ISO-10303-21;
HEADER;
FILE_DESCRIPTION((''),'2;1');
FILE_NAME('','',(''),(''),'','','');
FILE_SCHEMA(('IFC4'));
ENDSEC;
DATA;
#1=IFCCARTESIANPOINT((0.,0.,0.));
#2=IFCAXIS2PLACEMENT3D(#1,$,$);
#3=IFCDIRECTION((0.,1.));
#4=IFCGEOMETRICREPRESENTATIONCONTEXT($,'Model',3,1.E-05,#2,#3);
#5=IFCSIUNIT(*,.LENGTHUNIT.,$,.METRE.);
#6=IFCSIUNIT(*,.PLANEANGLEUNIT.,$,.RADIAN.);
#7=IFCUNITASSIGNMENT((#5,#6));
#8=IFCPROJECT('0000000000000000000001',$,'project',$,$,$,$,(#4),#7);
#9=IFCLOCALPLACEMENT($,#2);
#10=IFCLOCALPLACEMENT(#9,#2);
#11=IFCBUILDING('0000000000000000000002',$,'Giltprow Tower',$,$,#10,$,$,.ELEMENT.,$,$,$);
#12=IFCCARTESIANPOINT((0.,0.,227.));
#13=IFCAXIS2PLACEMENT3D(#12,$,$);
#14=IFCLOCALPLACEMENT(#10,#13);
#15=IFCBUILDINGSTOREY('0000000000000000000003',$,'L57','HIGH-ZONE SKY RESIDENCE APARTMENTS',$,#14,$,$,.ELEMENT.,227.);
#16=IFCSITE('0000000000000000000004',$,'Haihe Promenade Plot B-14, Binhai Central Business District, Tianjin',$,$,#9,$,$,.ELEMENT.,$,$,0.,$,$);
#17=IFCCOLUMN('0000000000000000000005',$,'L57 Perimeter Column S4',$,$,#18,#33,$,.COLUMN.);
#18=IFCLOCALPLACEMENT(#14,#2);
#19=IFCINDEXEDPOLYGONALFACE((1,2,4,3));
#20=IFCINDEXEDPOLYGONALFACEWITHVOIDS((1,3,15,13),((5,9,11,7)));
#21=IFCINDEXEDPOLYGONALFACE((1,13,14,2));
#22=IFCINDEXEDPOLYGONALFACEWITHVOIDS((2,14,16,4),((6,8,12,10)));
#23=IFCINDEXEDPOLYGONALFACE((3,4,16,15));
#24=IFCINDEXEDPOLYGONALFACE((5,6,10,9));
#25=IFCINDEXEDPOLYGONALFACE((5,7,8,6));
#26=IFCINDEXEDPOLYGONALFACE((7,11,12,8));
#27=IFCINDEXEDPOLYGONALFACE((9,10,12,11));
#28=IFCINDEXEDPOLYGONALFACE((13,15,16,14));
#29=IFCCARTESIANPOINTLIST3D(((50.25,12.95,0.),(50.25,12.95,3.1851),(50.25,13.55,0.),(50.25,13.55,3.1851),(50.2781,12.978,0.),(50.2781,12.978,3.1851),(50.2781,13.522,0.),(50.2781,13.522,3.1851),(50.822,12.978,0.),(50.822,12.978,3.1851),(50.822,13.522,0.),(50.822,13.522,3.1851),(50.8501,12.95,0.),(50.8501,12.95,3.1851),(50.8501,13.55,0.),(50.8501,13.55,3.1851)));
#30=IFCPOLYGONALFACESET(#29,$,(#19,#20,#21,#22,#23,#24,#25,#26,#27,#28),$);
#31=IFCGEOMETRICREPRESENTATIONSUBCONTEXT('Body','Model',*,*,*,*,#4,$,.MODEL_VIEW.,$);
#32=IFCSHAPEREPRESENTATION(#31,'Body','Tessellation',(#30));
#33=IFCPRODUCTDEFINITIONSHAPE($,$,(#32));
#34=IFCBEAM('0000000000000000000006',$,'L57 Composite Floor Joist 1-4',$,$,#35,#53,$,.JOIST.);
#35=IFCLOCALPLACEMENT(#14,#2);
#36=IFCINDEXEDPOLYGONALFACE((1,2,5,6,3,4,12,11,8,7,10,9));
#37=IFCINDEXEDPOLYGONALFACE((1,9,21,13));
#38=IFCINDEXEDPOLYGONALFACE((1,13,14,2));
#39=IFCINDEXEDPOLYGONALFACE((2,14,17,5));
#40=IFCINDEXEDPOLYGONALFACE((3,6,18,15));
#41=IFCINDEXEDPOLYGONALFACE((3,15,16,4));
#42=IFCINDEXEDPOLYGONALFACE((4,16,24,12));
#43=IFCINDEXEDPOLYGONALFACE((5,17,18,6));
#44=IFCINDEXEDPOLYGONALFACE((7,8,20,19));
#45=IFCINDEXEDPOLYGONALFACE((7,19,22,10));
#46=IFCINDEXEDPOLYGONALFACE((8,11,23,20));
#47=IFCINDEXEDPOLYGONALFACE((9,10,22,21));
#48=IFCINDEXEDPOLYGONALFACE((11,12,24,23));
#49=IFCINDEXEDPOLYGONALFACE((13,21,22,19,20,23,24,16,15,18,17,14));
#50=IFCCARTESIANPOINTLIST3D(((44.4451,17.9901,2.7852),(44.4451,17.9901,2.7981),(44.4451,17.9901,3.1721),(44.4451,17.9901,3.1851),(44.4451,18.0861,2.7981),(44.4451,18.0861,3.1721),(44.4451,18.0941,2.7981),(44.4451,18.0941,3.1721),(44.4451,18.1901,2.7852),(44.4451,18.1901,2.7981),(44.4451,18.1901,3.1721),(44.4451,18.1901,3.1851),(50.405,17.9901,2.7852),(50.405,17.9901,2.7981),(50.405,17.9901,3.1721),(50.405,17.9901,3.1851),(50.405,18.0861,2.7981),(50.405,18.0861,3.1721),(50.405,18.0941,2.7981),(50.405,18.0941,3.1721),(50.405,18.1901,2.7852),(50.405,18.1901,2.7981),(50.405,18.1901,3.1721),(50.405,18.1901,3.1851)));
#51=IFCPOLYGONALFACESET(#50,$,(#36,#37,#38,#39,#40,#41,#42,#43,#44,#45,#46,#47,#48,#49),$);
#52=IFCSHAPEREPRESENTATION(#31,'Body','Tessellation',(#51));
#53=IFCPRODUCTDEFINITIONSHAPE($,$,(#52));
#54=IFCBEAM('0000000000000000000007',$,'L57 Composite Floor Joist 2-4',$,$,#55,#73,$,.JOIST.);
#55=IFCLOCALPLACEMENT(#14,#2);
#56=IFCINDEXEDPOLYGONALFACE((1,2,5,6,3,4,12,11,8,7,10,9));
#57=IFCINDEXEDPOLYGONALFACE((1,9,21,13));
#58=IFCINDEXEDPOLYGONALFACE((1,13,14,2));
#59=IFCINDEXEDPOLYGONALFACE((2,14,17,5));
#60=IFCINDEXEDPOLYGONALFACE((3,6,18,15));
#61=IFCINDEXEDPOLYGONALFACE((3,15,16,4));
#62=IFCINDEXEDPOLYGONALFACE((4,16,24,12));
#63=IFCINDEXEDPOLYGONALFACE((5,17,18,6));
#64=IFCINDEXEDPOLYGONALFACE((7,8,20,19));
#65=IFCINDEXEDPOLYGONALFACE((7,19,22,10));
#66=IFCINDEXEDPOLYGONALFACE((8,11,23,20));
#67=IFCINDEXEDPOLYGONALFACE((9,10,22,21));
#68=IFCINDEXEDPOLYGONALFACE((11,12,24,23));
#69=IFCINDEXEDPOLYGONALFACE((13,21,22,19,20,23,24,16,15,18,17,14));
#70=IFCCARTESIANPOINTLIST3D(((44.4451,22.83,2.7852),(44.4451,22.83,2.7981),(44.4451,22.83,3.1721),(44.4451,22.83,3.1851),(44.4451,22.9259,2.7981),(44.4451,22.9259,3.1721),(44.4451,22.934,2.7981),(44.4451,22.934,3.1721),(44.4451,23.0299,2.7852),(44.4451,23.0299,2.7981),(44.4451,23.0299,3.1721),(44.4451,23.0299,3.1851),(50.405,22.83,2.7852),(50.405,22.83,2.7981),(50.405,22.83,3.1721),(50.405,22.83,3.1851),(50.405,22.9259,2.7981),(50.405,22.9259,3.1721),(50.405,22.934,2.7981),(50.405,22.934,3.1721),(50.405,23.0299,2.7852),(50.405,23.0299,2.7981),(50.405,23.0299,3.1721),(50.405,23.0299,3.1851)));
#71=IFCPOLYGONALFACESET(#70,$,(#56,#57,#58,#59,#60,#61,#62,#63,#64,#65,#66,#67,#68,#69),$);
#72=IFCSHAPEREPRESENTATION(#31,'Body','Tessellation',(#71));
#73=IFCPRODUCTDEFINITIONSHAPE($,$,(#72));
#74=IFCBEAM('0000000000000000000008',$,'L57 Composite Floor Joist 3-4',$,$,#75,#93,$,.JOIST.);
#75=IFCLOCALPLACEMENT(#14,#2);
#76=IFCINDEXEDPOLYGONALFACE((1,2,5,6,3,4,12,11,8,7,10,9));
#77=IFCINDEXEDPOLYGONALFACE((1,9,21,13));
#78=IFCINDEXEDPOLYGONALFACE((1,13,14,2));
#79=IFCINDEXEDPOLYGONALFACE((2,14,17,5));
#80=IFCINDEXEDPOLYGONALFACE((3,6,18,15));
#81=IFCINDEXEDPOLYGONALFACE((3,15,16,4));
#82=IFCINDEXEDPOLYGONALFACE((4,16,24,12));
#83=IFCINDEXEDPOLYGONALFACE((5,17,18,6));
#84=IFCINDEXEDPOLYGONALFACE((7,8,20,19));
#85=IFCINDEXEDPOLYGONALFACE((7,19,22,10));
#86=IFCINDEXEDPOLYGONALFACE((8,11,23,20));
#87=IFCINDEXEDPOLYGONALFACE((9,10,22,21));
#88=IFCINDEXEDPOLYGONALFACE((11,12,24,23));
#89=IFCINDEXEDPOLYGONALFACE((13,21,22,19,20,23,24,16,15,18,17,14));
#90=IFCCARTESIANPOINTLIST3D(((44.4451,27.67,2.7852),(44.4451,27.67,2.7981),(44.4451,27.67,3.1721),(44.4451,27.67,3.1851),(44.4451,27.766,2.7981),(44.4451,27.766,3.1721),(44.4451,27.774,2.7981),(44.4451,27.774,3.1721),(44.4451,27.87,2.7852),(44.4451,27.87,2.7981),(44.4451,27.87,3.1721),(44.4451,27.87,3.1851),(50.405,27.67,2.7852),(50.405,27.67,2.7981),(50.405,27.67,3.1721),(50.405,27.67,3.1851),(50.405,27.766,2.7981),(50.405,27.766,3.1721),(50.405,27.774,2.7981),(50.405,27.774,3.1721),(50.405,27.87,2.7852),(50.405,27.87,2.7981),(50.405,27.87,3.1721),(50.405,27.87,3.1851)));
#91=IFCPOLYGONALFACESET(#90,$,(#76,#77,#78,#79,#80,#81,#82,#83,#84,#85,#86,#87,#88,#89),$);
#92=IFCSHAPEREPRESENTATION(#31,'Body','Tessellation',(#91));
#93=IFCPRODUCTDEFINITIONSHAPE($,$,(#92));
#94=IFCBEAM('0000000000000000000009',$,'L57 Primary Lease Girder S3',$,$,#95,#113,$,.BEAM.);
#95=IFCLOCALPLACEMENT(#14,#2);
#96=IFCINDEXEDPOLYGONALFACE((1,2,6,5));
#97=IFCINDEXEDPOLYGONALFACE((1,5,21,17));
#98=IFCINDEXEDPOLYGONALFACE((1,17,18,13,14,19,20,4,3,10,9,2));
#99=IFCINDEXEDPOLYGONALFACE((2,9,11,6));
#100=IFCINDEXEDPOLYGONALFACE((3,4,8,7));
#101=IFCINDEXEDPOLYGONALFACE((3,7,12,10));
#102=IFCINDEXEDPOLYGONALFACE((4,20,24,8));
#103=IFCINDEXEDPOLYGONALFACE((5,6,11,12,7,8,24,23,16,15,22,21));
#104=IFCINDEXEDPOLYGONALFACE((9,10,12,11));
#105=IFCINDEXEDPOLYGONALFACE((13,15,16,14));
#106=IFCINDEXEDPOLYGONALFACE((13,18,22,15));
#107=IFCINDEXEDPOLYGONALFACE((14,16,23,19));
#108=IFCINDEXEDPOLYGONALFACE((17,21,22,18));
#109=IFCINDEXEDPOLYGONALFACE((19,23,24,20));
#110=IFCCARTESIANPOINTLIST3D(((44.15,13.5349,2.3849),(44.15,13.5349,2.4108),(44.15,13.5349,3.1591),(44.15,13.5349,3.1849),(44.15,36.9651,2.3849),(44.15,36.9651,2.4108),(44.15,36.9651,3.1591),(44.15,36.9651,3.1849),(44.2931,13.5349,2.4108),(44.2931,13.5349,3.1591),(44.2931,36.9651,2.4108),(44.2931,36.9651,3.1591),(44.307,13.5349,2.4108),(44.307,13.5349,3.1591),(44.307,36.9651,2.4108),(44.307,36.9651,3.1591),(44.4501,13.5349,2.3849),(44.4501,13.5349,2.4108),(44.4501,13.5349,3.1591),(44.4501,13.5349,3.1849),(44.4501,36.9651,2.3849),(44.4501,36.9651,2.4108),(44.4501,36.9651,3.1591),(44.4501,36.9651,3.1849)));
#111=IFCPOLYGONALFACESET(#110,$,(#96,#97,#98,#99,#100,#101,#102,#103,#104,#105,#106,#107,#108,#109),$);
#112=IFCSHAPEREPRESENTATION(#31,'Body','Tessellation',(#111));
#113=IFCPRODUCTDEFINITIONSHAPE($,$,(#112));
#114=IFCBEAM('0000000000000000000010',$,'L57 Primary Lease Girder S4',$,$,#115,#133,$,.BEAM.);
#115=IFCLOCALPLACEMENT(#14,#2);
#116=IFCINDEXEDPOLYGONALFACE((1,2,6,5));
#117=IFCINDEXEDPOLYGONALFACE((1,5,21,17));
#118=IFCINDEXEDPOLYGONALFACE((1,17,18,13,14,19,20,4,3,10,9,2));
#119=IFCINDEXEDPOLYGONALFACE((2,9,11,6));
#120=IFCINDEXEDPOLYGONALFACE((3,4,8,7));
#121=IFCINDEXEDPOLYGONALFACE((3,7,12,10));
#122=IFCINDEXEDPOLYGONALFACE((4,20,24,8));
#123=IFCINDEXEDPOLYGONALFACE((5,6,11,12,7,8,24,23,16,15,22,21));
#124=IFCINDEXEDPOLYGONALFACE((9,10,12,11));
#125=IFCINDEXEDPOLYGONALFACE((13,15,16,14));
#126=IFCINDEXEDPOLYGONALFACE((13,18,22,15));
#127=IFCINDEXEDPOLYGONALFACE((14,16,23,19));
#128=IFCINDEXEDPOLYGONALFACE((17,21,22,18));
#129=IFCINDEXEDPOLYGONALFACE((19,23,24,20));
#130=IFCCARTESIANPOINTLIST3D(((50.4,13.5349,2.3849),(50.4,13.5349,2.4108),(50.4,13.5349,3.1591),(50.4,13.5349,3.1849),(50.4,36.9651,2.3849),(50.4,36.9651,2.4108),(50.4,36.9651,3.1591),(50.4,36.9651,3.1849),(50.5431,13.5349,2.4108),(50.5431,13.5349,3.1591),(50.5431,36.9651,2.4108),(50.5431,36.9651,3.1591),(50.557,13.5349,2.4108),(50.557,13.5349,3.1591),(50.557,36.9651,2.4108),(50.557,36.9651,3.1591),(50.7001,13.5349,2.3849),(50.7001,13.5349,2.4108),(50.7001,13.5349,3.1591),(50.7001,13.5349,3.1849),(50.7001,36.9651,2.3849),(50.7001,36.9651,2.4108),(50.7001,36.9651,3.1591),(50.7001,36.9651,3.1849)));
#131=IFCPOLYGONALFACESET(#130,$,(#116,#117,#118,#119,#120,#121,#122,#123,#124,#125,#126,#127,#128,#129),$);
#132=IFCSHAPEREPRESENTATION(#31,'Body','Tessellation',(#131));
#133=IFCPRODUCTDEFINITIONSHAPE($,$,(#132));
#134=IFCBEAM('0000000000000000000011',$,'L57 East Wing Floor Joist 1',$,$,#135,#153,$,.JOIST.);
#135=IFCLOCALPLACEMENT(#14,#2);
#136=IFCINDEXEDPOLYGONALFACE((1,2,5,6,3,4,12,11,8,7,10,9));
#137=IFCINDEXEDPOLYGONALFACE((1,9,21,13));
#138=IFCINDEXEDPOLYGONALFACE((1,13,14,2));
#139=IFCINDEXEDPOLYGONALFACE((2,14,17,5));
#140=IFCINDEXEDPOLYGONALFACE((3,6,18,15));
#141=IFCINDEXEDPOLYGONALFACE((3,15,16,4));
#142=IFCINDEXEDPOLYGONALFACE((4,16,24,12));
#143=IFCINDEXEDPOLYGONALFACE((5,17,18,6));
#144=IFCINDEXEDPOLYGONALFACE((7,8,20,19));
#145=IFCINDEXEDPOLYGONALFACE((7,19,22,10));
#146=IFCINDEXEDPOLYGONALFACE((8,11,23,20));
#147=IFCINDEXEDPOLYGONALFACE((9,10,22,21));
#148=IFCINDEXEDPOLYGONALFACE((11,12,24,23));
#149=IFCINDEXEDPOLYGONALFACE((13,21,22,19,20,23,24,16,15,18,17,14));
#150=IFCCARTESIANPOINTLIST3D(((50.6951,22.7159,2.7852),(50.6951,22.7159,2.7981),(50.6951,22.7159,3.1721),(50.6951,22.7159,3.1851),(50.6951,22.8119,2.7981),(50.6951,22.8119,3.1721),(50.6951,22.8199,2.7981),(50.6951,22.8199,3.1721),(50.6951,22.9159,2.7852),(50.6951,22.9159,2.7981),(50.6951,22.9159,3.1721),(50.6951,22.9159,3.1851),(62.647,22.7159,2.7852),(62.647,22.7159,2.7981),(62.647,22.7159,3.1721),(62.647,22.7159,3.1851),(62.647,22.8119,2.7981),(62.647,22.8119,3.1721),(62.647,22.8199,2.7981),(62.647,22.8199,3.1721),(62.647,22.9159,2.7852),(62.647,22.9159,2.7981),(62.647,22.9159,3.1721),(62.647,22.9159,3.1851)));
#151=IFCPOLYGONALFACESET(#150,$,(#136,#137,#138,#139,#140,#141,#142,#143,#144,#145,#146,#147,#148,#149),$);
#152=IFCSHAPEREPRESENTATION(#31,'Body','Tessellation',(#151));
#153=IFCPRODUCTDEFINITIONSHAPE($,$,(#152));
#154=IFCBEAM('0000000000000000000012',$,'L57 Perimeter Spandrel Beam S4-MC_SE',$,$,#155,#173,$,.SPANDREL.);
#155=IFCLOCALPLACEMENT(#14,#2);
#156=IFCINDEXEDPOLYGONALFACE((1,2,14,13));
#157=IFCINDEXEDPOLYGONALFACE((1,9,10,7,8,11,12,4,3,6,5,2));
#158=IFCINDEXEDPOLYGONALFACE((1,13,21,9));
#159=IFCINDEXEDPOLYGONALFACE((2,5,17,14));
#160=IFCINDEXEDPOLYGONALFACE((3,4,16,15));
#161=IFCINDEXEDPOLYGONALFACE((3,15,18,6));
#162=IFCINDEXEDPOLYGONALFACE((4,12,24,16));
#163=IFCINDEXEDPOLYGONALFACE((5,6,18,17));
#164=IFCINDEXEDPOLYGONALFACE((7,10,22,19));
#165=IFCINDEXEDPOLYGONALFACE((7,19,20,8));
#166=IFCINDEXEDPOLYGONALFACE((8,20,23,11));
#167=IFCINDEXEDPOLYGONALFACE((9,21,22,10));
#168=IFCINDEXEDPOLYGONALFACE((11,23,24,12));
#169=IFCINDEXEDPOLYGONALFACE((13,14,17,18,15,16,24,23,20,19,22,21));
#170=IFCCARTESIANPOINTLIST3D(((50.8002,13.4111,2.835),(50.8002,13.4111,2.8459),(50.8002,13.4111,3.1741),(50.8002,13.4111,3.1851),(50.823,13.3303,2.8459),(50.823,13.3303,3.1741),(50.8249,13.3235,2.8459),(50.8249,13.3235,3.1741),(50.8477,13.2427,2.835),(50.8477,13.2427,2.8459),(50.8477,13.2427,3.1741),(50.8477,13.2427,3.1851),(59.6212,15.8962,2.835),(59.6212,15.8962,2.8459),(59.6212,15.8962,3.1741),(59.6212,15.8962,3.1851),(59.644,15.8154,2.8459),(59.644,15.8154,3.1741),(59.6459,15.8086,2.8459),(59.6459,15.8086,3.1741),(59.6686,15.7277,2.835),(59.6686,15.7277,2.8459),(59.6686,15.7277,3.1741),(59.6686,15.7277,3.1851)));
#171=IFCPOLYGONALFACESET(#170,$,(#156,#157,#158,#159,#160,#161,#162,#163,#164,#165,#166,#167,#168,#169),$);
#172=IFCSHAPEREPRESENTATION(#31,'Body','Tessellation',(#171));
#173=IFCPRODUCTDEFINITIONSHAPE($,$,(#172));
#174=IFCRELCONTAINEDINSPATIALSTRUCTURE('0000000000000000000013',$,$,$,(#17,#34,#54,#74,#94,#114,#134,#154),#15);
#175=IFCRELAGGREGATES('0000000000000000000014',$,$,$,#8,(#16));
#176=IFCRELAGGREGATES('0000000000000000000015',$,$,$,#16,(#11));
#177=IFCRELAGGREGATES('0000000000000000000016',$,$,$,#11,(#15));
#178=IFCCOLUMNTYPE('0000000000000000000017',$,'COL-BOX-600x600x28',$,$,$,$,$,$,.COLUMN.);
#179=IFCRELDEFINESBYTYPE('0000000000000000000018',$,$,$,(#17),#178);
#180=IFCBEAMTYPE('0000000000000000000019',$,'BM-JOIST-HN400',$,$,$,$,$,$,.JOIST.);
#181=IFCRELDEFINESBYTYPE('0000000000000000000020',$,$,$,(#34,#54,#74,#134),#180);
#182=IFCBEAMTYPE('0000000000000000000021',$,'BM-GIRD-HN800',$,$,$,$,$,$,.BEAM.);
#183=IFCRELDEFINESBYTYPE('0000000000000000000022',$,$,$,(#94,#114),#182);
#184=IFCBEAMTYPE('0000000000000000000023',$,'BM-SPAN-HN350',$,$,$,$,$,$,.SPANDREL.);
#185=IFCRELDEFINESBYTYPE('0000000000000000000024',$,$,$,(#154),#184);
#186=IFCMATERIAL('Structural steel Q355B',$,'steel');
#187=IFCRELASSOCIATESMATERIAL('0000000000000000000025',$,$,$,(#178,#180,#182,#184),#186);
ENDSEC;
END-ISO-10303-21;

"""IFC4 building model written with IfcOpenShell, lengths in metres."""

from ifc_helpers import new_model, si_unit, direction, frame, origin, origin_2d, place, context, subcontext, project, spatial, hollow_rectangle, i_section, extrude, source, transform, mapped, material, material_profile, profile_set, type_object, element, save


model = new_model("IFC4")

# Units and contexts
model_context = context("Model", 3, precision=1e-05, world=origin(), true_north=direction((0.0, 1.0)))
body_context = subcontext(model_context, "Body", "Model", "MODEL_VIEW")
ifc_project = project(units=[si_unit("LENGTHUNIT", "METRE"), si_unit("PLANEANGLEUNIT", "RADIAN")], contexts=[model_context])

# Site, building, storey
site_placement = place(None, origin())
site = spatial("IfcSite", under=ifc_project, at=site_placement, Name="Haihe Promenade Plot B-14, Binhai Central Business District, Tianjin", CompositionType="ELEMENT", RefElevation=0.0)
building_placement = place(site_placement, origin())
building = spatial("IfcBuilding", under=site, at=building_placement, Name="Giltprow Tower", CompositionType="ELEMENT")
storey_placement = place(building_placement, frame((0.0, 0.0, 227.0)))
storey = spatial("IfcBuildingStorey", under=building, at=storey_placement, Name="L57", Description="HIGH-ZONE SKY RESIDENCE APARTMENTS", CompositionType="ELEMENT", Elevation=227.0)

# Column
ifc_material_1 = material(Name="Structural steel Q355B", Category="steel")
ifc_material_profile_1 = material_profile(ifc_material_1, hollow_rectangle(XDim=0.6001, YDim=0.6001, WallThickness=0.0281, at=origin_2d()), Name="BOX 600x600x28")
ifc_profile_set_1 = profile_set([ifc_material_profile_1], Name="Structural steel Q355B")
column_type = type_object("IfcColumnType", Name="COL-BOX-600x600x28", PredefinedType="COLUMN", material=ifc_profile_set_1)
shared_shape_1 = source(origin(), body_context, "Body", "SweptSolid", [
    extrude(hollow_rectangle(XDim=0.6001, YDim=0.6001, WallThickness=0.0281, at=origin_2d()), origin(), (0.0, 0.0, 1.0), 3.1851),
])
column_placement = place(storey_placement, frame((50.55, 13.25, 0.0), z_axis=(0.0, 0.0, 1.0), x_axis=(1.0, 0.0, 0.0)))
element("IfcColumn", 1, at=column_placement, inside=storey, type_object=column_type, Name="L57 Perimeter Column S4", PredefinedType="COLUMN", context=body_context, shape_type="MappedRepresentation", body=[
    mapped(shared_shape_1, transform((0.0, 0.0, 0.0), x_axis=(1.0, 0.0, 0.0), y_axis=(0.0, 1.0, 0.0), z_axis=(0.0, 0.0, 1.0), scale=1.0)),
])

# Beams
ifc_material_profile_2 = material_profile(ifc_material_1, i_section(OverallWidth=0.2, OverallDepth=0.3999, WebThickness=0.0081, FlangeThickness=0.0129, at=origin_2d()), Name="HN 400x200x8x13")
ifc_profile_set_2 = profile_set([ifc_material_profile_2], Name="Structural steel Q355B")
beam_type_1 = type_object("IfcBeamType", Name="BM-JOIST-HN400", PredefinedType="JOIST", material=ifc_profile_set_2)
shared_shape_2 = source(origin(), body_context, "Body", "SweptSolid", [
    extrude(i_section(OverallWidth=0.2, OverallDepth=0.3999, WebThickness=0.0081, FlangeThickness=0.0129, at=origin_2d()), origin(), (0.0, 0.0, 1.0), 5.96),
])
for number, where, z_axis, x_axis, name in (
    (2, (44.4451, 18.0901, 2.9851), (1.0, 0.0, 0.0), (0.0, 1.0, 0.0), "L57 Composite Floor Joist 1-4"),
    (3, (44.4451, 22.9299, 2.9851), (1.0, 0.0, 0.0), (0.0, 1.0, 0.0), "L57 Composite Floor Joist 2-4"),
    (4, (44.4451, 27.77, 2.9851), (1.0, 0.0, 0.0), (0.0, 1.0, 0.0), "L57 Composite Floor Joist 3-4"),
):
    element("IfcBeam", number, at=place(storey_placement, frame(where, z_axis=z_axis, x_axis=x_axis)), inside=storey, type_object=beam_type_1, Name=name, PredefinedType="JOIST", context=body_context, shape_type="MappedRepresentation", body=[
        mapped(shared_shape_2, transform((0.0, 0.0, 0.0), x_axis=(1.0, 0.0, 0.0), y_axis=(0.0, 1.0, 0.0), z_axis=(0.0, 0.0, 1.0), scale=1.0)),
    ])
ifc_material_profile_3 = material_profile(ifc_material_1, i_section(OverallWidth=0.3, OverallDepth=0.8, WebThickness=0.0139, FlangeThickness=0.0259, at=origin_2d()), Name="HN 800x300x14x26")
ifc_profile_set_3 = profile_set([ifc_material_profile_3], Name="Structural steel Q355B")
beam_type_2 = type_object("IfcBeamType", Name="BM-GIRD-HN800", PredefinedType="BEAM", material=ifc_profile_set_3)
shared_shape_3 = source(origin(), body_context, "Body", "SweptSolid", [
    extrude(i_section(OverallWidth=0.3, OverallDepth=0.8, WebThickness=0.0139, FlangeThickness=0.0259, at=origin_2d()), origin(), (0.0, 0.0, 1.0), 23.4302),
])
for number, where, z_axis, x_axis, name in (
    (5, (44.3, 13.5349, 2.7849), (0.0, 1.0, 0.0), (-1.0, 0.0, 0.0), "L57 Primary Lease Girder S3"),
    (6, (50.55, 13.5349, 2.7849), (0.0, 1.0, 0.0), (-1.0, 0.0, 0.0), "L57 Primary Lease Girder S4"),
):
    element("IfcBeam", number, at=place(storey_placement, frame(where, z_axis=z_axis, x_axis=x_axis)), inside=storey, type_object=beam_type_2, Name=name, PredefinedType="BEAM", context=body_context, shape_type="MappedRepresentation", body=[
        mapped(shared_shape_3, transform((0.0, 0.0, 0.0), x_axis=(1.0, 0.0, 0.0), y_axis=(0.0, 1.0, 0.0), z_axis=(0.0, 0.0, 1.0), scale=1.0)),
    ])
shared_shape_4 = source(origin(), body_context, "Body", "SweptSolid", [
    extrude(i_section(OverallWidth=0.2, OverallDepth=0.3999, WebThickness=0.0081, FlangeThickness=0.0129, at=origin_2d()), origin(), (0.0, 0.0, 1.0), 11.9519),
])
beam_1_placement = place(storey_placement, frame((50.6951, 22.8159, 2.9851), z_axis=(1.0, 0.0, 0.0), x_axis=(0.0, 1.0, 0.0)))
element("IfcBeam", 7, at=beam_1_placement, inside=storey, type_object=beam_type_1, Name="L57 East Wing Floor Joist 1", PredefinedType="JOIST", context=body_context, shape_type="MappedRepresentation", body=[
    mapped(shared_shape_4, transform((0.0, 0.0, 0.0), x_axis=(1.0, 0.0, 0.0), y_axis=(0.0, 1.0, 0.0), z_axis=(0.0, 0.0, 1.0), scale=1.0)),
])
ifc_material_profile_4 = material_profile(ifc_material_1, i_section(OverallWidth=0.175, OverallDepth=0.3501, WebThickness=0.0071, FlangeThickness=0.011, at=origin_2d()), Name="HN 350x175x7x11")
ifc_profile_set_4 = profile_set([ifc_material_profile_4], Name="Structural steel Q355B")
beam_type_3 = type_object("IfcBeamType", Name="BM-SPAN-HN350", PredefinedType="SPANDREL", material=ifc_profile_set_4)
shared_shape_5 = source(origin(), body_context, "Body", "SweptSolid", [
    extrude(i_section(OverallWidth=0.175, OverallDepth=0.3501, WebThickness=0.0071, FlangeThickness=0.011, at=origin_2d()), origin(), (0.0, 0.0, 1.0), 9.1643),
])
beam_2_placement = place(storey_placement, frame((50.824, 13.3269, 3.01), z_axis=(0.962532, 0.271169, 0.0), x_axis=(-0.271169, 0.962532, 0.0)))
element("IfcBeam", 8, at=beam_2_placement, inside=storey, type_object=beam_type_3, Name="L57 Perimeter Spandrel Beam S4-MC_SE", PredefinedType="SPANDREL", context=body_context, shape_type="MappedRepresentation", body=[
    mapped(shared_shape_5, transform((0.0, 0.0, 0.0), x_axis=(1.0, 0.0, 0.0), y_axis=(0.0, 1.0, 0.0), z_axis=(0.0, 0.0, 1.0), scale=1.0)),
])

save(model, "model.ifc")
